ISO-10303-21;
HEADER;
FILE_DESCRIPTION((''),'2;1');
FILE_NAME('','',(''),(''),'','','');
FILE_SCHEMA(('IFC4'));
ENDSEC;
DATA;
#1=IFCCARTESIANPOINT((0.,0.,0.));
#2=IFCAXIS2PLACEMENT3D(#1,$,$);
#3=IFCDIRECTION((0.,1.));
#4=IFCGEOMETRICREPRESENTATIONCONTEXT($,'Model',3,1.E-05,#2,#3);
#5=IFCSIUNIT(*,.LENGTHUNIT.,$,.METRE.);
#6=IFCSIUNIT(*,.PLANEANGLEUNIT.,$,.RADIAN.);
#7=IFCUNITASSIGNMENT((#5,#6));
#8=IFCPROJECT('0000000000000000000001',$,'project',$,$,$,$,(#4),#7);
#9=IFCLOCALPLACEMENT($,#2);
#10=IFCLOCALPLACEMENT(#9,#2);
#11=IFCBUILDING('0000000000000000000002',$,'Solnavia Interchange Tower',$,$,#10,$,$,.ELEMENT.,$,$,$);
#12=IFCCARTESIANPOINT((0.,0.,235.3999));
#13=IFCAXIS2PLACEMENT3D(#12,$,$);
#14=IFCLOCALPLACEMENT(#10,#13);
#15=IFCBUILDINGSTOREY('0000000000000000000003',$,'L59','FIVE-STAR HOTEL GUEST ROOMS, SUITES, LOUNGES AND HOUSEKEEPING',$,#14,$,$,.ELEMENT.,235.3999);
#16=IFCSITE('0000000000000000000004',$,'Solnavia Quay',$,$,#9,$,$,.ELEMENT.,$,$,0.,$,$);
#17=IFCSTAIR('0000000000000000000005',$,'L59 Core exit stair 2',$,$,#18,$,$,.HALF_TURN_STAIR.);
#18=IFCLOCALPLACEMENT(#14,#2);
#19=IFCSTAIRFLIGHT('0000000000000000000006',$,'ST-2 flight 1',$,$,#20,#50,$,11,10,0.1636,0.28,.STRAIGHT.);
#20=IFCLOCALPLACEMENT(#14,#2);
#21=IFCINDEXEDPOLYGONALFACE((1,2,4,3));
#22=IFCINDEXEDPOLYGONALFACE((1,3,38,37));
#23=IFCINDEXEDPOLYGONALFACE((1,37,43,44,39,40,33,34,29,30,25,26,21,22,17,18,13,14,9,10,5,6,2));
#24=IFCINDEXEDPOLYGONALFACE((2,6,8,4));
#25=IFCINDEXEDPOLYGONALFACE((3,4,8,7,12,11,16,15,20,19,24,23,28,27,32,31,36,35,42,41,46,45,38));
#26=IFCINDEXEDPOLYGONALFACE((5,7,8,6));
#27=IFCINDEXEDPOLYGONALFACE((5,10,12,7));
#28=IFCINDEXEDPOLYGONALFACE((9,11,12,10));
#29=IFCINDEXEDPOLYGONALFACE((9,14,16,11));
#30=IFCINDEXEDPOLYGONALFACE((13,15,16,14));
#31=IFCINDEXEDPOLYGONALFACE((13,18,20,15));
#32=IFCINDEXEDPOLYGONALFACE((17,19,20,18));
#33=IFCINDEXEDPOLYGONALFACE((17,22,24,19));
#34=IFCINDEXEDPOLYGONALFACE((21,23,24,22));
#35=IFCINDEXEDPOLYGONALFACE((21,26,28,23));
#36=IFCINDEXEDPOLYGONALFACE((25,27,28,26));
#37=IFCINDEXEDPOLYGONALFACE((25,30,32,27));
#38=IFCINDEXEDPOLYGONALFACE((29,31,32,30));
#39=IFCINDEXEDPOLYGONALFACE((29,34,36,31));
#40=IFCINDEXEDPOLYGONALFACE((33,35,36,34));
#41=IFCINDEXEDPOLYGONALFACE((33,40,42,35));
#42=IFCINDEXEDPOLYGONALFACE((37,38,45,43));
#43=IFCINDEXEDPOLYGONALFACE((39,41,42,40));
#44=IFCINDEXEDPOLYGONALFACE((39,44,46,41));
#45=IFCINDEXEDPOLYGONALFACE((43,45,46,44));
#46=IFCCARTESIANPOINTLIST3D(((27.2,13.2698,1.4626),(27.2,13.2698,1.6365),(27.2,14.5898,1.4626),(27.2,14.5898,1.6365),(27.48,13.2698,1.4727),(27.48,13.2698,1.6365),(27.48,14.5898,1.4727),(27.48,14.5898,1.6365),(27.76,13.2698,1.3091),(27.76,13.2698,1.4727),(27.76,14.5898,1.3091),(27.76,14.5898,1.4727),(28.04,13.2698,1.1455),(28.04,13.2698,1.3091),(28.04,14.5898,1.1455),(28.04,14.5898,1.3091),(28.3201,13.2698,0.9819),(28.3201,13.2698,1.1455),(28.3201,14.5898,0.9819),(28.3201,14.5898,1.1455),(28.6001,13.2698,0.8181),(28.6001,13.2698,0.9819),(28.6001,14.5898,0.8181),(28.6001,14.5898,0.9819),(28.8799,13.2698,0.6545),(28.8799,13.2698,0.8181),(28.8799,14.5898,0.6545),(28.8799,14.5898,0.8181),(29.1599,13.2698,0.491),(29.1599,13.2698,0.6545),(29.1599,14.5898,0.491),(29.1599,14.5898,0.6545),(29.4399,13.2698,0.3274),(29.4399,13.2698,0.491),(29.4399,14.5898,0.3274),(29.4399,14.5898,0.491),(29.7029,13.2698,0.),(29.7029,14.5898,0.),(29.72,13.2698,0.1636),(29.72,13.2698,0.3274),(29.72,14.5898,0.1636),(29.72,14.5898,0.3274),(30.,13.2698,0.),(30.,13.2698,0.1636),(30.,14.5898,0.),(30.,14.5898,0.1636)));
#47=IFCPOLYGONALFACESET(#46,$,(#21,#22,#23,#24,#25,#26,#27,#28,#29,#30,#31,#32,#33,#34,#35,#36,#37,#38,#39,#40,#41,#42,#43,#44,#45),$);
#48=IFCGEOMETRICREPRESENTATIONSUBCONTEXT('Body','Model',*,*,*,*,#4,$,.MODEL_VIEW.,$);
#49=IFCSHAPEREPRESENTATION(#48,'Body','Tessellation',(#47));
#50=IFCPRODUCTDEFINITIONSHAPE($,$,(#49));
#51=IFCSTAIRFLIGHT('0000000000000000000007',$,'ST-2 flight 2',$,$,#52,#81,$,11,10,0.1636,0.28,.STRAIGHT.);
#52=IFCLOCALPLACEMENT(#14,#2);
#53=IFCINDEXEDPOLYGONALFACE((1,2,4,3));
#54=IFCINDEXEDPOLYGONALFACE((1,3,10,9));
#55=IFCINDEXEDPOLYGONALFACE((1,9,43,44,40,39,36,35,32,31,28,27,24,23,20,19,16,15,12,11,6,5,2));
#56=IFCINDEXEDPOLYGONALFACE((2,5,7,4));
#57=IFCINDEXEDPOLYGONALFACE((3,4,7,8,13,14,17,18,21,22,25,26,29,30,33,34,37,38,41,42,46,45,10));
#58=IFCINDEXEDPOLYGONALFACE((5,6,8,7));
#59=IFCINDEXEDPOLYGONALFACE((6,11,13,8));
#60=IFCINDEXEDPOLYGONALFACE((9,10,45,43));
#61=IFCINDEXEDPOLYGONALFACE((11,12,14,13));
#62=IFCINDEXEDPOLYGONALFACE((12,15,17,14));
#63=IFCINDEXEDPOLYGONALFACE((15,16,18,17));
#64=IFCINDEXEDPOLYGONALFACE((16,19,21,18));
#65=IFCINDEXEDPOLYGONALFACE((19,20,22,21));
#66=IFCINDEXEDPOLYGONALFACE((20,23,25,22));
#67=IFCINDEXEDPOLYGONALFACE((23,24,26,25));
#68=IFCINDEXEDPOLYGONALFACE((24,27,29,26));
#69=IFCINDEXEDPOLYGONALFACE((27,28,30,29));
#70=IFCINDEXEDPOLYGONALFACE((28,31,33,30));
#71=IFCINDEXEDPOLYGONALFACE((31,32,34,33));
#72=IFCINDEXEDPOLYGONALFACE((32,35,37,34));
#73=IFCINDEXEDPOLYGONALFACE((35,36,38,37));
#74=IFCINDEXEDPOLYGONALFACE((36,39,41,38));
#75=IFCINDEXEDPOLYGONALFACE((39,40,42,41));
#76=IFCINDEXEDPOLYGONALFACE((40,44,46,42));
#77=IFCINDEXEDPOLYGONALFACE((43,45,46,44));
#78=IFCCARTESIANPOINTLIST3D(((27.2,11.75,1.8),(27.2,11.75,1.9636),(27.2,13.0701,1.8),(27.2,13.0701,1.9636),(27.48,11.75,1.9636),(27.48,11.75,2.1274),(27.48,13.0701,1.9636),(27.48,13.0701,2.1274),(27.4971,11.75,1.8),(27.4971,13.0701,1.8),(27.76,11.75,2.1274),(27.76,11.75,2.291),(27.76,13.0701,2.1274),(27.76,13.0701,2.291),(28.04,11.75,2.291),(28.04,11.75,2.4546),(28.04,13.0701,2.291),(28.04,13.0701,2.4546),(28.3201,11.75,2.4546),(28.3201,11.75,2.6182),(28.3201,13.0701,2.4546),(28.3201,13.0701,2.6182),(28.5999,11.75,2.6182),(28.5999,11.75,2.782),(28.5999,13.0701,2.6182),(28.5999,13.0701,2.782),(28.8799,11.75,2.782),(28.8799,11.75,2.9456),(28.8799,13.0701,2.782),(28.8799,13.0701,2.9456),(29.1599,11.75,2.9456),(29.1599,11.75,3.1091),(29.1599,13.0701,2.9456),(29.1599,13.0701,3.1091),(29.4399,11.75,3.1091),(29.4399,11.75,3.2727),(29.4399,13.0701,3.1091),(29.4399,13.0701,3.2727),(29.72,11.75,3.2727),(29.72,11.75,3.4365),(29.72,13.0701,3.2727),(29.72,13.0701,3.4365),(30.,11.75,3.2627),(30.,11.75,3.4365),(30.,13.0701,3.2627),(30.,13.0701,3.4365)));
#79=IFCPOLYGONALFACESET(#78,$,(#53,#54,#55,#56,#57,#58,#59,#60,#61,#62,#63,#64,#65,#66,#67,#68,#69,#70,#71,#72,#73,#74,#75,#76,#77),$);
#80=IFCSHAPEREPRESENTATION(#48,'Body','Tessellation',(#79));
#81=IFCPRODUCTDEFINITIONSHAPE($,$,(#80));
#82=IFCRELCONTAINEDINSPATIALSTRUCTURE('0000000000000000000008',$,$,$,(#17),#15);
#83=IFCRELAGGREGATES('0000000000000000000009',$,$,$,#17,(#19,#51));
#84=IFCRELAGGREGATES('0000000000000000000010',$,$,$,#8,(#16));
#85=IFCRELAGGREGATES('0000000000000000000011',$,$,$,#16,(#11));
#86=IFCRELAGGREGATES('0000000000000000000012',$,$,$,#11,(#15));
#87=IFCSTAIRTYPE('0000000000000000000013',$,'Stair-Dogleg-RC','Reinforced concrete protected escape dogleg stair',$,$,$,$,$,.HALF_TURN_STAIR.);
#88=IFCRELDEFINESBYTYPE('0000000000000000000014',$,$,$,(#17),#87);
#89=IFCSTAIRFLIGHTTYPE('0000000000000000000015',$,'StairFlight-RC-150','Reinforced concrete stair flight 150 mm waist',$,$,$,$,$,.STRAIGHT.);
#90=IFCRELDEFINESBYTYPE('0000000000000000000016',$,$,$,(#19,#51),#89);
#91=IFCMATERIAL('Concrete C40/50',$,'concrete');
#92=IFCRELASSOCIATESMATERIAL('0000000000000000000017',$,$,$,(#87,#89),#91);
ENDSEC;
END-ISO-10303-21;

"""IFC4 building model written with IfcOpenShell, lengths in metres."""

from ifc_helpers import new_model, si_unit, direction, frame, origin, place, context, subcontext, project, spatial, polyline, outline, extrude, material, type_object, element, aggregate, save


model = new_model("IFC4")

# Units and contexts
model_context = context("Model", 3, precision=1e-05, world=origin(), true_north=direction((0.0, 1.0)))
body_context = subcontext(model_context, "Body", "Model", "MODEL_VIEW")
ifc_project = project(units=[si_unit("LENGTHUNIT", "METRE"), si_unit("PLANEANGLEUNIT", "RADIAN")], contexts=[model_context])

# Site, building, storey
site_placement = place(None, origin())
site = spatial("IfcSite", under=ifc_project, at=site_placement, Name="Solnavia Quay", CompositionType="ELEMENT", RefElevation=0.0)
building_placement = place(site_placement, origin())
building = spatial("IfcBuilding", under=site, at=building_placement, Name="Solnavia Interchange Tower", CompositionType="ELEMENT")
storey_placement = place(building_placement, frame((0.0, 0.0, 235.3999)))
storey = spatial("IfcBuildingStorey", under=building, at=storey_placement, Name="L59", Description="FIVE-STAR HOTEL GUEST ROOMS, SUITES, LOUNGES AND HOUSEKEEPING", CompositionType="ELEMENT", Elevation=235.3999)

# Shared definitions
ifc_material_1 = material(Name="Concrete C40/50", Category="concrete")

# Stair, stair flights
stair_type = type_object("IfcStairType", Name="Stair-Dogleg-RC", Description="Reinforced concrete protected escape dogleg stair", PredefinedType="HALF_TURN_STAIR", material=ifc_material_1)
stair_placement = place(storey_placement, origin())
stair = element("IfcStair", 1, at=stair_placement, inside=storey, type_object=stair_type, Name="L59 Core exit stair 2", PredefinedType="HALF_TURN_STAIR")
stair_flight_type = type_object("IfcStairFlightType", Name="StairFlight-RC-150", Description="Reinforced concrete stair flight 150 mm waist", PredefinedType="STRAIGHT", material=ifc_material_1)
stair_flight_1_placement = place(storey_placement, frame((30.0, 13.9299, 0.0), z_axis=(0.0, 0.0, 1.0), x_axis=(-1.0, 0.0, 0.0)))
stair_flight_1 = element("IfcStairFlight", 2, at=stair_flight_1_placement, type_object=stair_flight_type, Name="ST-2 flight 1", NumberOfRisers=11, NumberOfTreads=10, PredefinedType="STRAIGHT", RiserHeight=0.1636, TreadLength=0.28, context=body_context, shape_type="SweptSolid", body=[
    extrude(outline(polyline([(0.0, 0.0), (0.0, 0.1636), (0.28, 0.1636), (0.28, 0.3274), (0.5601, 0.3274), (0.5601, 0.491), (0.8401, 0.491), (0.8401, 0.6545), (1.1201, 0.6545), (1.1201, 0.8181), (1.3999, 0.8181), (1.3999, 0.9819), (1.6799, 0.9819), (1.6799, 1.1455), (1.96, 1.1455), (1.96, 1.3091), (2.24, 1.3091), (2.24, 1.4727), (2.52, 1.4727), (2.52, 1.6365), (2.8, 1.6365), (2.8, 1.8), (2.8, 1.4626), (0.2971, 0.0), (0.0, 0.0)])), frame((0.0, 0.6602, 0.0), z_axis=(0.0, -1.0, 0.0), x_axis=(1.0, 0.0, 0.0)), (0.0, 0.0, 1.0), 1.3201),
])
stair_flight_2_placement = place(storey_placement, frame((27.2, 12.4099, 1.8), z_axis=(0.0, 0.0, 1.0), x_axis=(1.0, 0.0, 0.0)))
stair_flight_2 = element("IfcStairFlight", 3, at=stair_flight_2_placement, type_object=stair_flight_type, Name="ST-2 flight 2", NumberOfRisers=11, NumberOfTreads=10, PredefinedType="STRAIGHT", RiserHeight=0.1636, TreadLength=0.28, context=body_context, shape_type="SweptSolid", body=[
    extrude(outline(polyline([(0.0, 0.0), (0.0, 0.1636), (0.28, 0.1636), (0.28, 0.3274), (0.5601, 0.3274), (0.5601, 0.491), (0.8401, 0.491), (0.8401, 0.6545), (1.1201, 0.6545), (1.1201, 0.8181), (1.3999, 0.8181), (1.3999, 0.9819), (1.6799, 0.9819), (1.6799, 1.1455), (1.96, 1.1455), (1.96, 1.3091), (2.24, 1.3091), (2.24, 1.4727), (2.52, 1.4727), (2.52, 1.6365), (2.8, 1.6365), (2.8, 1.8), (2.8, 1.4626), (0.2971, 0.0), (0.0, 0.0)])), frame((0.0, 0.6602, 0.0), z_axis=(0.0, -1.0, 0.0), x_axis=(1.0, 0.0, 0.0)), (0.0, 0.0, 1.0), 1.3201),
])
aggregate(stair, [stair_flight_1, stair_flight_2])

save(model, "model.ifc")
